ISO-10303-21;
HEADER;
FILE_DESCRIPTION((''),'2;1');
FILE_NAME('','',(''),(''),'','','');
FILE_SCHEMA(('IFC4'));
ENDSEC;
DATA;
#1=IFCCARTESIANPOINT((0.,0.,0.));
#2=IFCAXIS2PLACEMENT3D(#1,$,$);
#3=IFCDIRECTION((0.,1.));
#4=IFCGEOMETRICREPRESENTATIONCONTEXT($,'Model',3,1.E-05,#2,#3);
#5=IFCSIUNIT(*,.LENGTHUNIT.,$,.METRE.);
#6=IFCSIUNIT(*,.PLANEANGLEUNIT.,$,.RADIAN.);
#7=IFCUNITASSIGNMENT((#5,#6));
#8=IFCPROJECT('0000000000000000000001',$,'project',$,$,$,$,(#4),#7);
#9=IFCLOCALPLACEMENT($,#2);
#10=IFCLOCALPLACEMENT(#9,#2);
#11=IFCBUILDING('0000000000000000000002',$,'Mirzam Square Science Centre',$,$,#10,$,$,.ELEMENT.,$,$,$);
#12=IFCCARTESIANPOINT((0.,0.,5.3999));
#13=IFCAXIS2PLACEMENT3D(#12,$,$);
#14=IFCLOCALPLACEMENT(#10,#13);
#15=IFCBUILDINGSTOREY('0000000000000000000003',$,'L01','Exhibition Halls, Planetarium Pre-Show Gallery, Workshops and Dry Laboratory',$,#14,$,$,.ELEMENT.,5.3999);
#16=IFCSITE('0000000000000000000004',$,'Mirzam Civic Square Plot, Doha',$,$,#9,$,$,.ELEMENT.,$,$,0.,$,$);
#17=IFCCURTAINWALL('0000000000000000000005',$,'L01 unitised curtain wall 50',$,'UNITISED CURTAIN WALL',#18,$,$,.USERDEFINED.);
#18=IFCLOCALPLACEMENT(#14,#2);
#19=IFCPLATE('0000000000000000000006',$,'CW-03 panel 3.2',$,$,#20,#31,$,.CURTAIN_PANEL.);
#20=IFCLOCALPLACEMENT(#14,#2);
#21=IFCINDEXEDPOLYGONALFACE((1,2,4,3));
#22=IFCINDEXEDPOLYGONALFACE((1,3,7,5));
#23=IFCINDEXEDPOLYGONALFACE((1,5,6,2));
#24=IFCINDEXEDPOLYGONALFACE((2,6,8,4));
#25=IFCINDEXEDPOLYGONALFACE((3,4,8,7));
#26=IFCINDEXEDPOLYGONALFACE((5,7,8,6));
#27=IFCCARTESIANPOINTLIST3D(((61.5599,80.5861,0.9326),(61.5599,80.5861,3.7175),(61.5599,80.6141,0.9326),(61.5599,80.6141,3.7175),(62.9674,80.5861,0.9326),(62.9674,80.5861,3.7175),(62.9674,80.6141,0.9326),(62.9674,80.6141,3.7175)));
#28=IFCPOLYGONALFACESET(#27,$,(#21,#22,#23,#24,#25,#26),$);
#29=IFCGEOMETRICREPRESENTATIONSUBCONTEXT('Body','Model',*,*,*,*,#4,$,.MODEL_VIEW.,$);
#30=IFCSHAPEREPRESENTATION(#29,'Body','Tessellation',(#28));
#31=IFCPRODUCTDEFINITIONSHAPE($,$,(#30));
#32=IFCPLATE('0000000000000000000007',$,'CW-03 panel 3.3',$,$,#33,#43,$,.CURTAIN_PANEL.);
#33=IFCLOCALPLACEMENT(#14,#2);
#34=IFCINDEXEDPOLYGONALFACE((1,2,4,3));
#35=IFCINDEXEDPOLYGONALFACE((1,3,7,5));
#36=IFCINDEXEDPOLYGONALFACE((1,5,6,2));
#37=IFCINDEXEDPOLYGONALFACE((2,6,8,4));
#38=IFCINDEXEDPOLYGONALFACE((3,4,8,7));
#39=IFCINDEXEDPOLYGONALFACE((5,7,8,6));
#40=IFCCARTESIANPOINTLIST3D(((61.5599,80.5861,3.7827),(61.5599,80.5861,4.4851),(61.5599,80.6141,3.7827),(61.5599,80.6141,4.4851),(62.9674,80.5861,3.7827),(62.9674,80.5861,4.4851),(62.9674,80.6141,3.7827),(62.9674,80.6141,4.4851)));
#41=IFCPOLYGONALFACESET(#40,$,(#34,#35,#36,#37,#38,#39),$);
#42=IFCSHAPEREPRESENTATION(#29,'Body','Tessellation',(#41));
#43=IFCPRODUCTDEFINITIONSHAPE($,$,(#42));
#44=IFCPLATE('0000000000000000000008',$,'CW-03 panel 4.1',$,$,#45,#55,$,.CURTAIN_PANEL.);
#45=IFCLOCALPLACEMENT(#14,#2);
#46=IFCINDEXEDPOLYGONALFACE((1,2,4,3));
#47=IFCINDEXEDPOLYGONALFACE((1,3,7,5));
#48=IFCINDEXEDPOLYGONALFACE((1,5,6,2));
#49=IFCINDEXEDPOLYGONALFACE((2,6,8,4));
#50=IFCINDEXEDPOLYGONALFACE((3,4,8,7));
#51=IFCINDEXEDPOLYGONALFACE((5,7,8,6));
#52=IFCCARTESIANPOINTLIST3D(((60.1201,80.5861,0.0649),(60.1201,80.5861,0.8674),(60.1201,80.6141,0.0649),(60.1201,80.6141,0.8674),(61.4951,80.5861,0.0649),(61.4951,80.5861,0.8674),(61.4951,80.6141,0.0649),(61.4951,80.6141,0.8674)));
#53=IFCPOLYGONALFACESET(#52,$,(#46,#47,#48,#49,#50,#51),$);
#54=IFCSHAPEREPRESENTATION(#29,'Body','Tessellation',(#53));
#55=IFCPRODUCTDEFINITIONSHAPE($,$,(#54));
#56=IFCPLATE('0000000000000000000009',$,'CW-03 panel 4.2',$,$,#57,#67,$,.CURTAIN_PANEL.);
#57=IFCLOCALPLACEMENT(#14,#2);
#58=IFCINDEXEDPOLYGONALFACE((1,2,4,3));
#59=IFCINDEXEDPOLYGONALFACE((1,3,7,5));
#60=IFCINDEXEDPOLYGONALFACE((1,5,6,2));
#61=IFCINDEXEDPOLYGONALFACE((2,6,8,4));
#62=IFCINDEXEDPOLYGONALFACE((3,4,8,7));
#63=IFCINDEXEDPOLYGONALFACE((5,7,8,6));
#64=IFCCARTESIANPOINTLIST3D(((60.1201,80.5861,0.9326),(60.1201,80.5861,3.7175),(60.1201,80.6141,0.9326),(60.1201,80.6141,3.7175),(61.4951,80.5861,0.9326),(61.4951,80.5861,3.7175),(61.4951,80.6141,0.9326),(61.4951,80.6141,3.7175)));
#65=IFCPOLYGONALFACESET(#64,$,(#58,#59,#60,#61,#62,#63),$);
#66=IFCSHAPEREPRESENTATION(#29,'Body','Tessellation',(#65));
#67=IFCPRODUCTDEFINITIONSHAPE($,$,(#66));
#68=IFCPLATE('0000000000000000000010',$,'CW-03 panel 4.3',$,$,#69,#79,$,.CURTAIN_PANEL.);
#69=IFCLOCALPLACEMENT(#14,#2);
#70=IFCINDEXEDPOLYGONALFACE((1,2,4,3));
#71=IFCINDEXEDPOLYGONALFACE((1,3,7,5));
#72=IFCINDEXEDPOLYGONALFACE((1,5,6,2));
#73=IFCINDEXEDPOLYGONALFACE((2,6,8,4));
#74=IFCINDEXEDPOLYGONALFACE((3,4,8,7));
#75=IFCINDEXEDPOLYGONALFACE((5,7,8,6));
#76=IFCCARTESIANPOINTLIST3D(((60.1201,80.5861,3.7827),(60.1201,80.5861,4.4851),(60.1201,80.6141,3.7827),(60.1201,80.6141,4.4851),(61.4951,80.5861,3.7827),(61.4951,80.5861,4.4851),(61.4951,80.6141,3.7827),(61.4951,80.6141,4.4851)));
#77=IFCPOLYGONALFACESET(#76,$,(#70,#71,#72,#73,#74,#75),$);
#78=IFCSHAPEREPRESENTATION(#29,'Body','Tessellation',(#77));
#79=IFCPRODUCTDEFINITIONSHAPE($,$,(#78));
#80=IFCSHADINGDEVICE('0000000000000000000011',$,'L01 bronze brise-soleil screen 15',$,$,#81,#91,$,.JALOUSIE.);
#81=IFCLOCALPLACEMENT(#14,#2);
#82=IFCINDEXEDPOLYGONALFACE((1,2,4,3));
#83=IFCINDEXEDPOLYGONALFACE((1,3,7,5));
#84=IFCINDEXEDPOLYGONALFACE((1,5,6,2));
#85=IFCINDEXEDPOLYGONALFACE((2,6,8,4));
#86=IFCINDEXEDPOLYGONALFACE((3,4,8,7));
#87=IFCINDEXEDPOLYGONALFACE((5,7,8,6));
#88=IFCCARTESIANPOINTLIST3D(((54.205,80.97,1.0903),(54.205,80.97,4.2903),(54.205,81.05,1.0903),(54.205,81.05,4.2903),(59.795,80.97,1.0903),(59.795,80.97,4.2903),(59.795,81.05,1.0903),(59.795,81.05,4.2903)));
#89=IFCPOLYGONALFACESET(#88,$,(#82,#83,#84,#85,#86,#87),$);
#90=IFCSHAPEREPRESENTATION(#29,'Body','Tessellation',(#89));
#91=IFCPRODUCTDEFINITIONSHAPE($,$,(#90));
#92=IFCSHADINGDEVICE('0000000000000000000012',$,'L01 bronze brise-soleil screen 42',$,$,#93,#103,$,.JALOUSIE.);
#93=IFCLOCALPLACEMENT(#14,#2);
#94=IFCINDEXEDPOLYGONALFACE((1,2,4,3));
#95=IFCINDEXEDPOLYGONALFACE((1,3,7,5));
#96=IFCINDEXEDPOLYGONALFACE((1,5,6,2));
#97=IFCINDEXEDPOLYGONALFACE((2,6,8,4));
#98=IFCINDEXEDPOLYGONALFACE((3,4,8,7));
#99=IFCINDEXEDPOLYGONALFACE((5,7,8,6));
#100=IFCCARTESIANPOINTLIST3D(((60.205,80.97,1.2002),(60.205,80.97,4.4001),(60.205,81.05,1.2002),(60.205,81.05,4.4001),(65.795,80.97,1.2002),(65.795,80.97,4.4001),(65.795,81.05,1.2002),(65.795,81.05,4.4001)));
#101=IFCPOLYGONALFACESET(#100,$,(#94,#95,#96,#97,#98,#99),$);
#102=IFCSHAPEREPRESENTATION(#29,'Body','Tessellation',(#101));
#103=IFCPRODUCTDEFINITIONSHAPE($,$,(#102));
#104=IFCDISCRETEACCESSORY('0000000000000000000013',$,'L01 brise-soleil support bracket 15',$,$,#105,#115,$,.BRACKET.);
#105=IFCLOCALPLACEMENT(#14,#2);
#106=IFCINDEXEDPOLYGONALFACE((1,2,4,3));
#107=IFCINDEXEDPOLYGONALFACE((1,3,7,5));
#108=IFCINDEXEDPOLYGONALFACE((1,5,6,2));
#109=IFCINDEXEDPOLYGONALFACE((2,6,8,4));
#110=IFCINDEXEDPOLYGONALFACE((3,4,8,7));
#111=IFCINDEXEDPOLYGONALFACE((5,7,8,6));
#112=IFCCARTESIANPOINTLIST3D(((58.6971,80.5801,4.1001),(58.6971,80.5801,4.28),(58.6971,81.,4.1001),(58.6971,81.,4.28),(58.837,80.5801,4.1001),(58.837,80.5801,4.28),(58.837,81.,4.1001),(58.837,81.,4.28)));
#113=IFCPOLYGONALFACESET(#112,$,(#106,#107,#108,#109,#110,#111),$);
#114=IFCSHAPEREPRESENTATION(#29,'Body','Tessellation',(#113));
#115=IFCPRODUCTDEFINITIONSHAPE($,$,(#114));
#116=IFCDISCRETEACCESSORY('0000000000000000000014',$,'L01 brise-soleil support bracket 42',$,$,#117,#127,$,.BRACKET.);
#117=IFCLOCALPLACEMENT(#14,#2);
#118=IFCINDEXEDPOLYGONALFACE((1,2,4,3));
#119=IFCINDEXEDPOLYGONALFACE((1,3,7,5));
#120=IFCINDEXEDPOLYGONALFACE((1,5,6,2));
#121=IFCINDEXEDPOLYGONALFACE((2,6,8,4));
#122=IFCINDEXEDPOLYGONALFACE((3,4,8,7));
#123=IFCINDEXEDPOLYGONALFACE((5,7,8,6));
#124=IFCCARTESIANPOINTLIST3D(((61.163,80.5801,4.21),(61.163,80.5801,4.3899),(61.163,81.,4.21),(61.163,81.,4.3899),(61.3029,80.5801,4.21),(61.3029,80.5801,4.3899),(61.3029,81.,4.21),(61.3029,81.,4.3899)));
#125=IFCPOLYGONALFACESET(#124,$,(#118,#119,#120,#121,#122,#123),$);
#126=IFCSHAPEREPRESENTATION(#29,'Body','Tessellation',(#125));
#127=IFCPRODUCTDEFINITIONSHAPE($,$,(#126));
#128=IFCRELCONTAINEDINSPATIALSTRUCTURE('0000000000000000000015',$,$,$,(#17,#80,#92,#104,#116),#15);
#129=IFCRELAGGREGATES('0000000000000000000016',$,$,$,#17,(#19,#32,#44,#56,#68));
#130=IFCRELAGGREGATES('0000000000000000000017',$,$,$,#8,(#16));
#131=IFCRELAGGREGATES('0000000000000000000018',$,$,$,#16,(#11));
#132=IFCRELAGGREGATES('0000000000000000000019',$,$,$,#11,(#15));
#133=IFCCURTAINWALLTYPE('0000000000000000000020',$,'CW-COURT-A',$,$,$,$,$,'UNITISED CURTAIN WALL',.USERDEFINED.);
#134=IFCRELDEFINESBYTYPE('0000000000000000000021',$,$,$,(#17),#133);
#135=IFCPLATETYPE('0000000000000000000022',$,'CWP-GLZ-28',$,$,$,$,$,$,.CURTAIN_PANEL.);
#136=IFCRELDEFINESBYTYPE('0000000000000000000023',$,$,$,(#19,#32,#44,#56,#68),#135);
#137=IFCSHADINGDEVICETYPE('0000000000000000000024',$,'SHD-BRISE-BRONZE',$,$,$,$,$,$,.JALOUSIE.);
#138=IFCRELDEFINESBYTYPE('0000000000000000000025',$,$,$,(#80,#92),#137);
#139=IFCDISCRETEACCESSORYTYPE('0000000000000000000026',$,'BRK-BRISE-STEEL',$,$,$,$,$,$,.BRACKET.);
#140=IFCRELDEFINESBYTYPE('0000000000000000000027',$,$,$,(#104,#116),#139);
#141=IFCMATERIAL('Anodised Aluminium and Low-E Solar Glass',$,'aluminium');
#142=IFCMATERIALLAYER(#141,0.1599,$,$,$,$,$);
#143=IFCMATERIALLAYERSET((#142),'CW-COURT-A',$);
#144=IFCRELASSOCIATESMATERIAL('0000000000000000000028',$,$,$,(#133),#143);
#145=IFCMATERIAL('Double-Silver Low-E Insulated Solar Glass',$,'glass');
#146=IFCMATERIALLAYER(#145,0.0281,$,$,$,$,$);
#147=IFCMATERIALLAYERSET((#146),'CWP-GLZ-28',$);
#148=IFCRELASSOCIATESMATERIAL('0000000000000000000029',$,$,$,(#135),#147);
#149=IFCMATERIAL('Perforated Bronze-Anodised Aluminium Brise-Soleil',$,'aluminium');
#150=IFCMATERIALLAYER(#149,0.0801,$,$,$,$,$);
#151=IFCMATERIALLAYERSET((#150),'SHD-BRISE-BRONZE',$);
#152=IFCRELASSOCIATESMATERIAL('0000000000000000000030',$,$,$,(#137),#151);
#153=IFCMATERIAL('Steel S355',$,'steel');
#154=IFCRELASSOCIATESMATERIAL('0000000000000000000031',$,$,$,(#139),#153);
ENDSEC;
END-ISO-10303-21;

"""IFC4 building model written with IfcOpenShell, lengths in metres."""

from ifc_helpers import new_model, si_unit, direction, frame, origin, origin_2d, place, context, subcontext, project, spatial, rectangle, extrude, material, layer, layer_set, type_object, element, aggregate, save


model = new_model("IFC4")

# Units and contexts
model_context = context("Model", 3, precision=1e-05, world=origin(), true_north=direction((0.0, 1.0)))
body_context = subcontext(model_context, "Body", "Model", "MODEL_VIEW")
ifc_project = project(units=[si_unit("LENGTHUNIT", "METRE"), si_unit("PLANEANGLEUNIT", "RADIAN")], contexts=[model_context])

# Site, building, storey
site_placement = place(None, origin())
site = spatial("IfcSite", under=ifc_project, at=site_placement, Name="Mirzam Civic Square Plot, Doha", CompositionType="ELEMENT", RefElevation=0.0)
building_placement = place(site_placement, origin())
building = spatial("IfcBuilding", under=site, at=building_placement, Name="Mirzam Square Science Centre", CompositionType="ELEMENT")
storey_placement = place(building_placement, frame((0.0, 0.0, 5.3999)))
storey = spatial("IfcBuildingStorey", under=building, at=storey_placement, Name="L01", Description="Exhibition Halls, Planetarium Pre-Show Gallery, Workshops and Dry Laboratory", CompositionType="ELEMENT", Elevation=5.3999)

# Curtain wall, plates
ifc_material_1 = material(Name="Anodised Aluminium and Low-E Solar Glass", Category="aluminium")
ifc_layer_1 = layer(ifc_material_1, 0.1599)
ifc_layer_set_1 = layer_set([ifc_layer_1], Name="CW-COURT-A")
curtain_wall_type = type_object("IfcCurtainWallType", Name="CW-COURT-A", ElementType="UNITISED CURTAIN WALL", PredefinedType="USERDEFINED", material=ifc_layer_set_1)
curtain_wall_placement = place(storey_placement, origin())
curtain_wall = element("IfcCurtainWall", 1, at=curtain_wall_placement, inside=storey, type_object=curtain_wall_type, Name="L01 unitised curtain wall 50", ObjectType="UNITISED CURTAIN WALL", PredefinedType="USERDEFINED")
ifc_material_2 = material(Name="Double-Silver Low-E Insulated Solar Glass", Category="glass")
ifc_layer_2 = layer(ifc_material_2, 0.0281)
ifc_layer_set_2 = layer_set([ifc_layer_2], Name="CWP-GLZ-28")
plate_type = type_object("IfcPlateType", Name="CWP-GLZ-28", PredefinedType="CURTAIN_PANEL", material=ifc_layer_set_2)
plate_1_placement = place(storey_placement, frame((62.2637, 80.6001, 0.9326), z_axis=(0.0, 0.0, 1.0), x_axis=(-1.0, 0.0, 0.0)))
plate_1 = element("IfcPlate", 2, at=plate_1_placement, type_object=plate_type, Name="CW-03 panel 3.2", PredefinedType="CURTAIN_PANEL", context=body_context, shape_type="SweptSolid", body=[
    extrude(rectangle(XDim=1.4075, YDim=0.0281, at=origin_2d()), origin(), (0.0, 0.0, 1.0), 2.7849),
])
plate_2_placement = place(storey_placement, frame((62.2637, 80.6001, 3.7827), z_axis=(0.0, 0.0, 1.0), x_axis=(-1.0, 0.0, 0.0)))
plate_2 = element("IfcPlate", 3, at=plate_2_placement, type_object=plate_type, Name="CW-03 panel 3.3", PredefinedType="CURTAIN_PANEL", context=body_context, shape_type="SweptSolid", body=[
    extrude(rectangle(XDim=1.4075, YDim=0.0281, at=origin_2d()), origin(), (0.0, 0.0, 1.0), 0.7024),
])
plate_3_placement = place(storey_placement, frame((60.8076, 80.6001, 0.0649), z_axis=(0.0, 0.0, 1.0), x_axis=(-1.0, 0.0, 0.0)))
plate_3 = element("IfcPlate", 4, at=plate_3_placement, type_object=plate_type, Name="CW-03 panel 4.1", PredefinedType="CURTAIN_PANEL", context=body_context, shape_type="SweptSolid", body=[
    extrude(rectangle(XDim=1.375, YDim=0.0281, at=origin_2d()), origin(), (0.0, 0.0, 1.0), 0.8025),
])
plate_4_placement = place(storey_placement, frame((60.8076, 80.6001, 0.9326), z_axis=(0.0, 0.0, 1.0), x_axis=(-1.0, 0.0, 0.0)))
plate_4 = element("IfcPlate", 5, at=plate_4_placement, type_object=plate_type, Name="CW-03 panel 4.2", PredefinedType="CURTAIN_PANEL", context=body_context, shape_type="SweptSolid", body=[
    extrude(rectangle(XDim=1.375, YDim=0.0281, at=origin_2d()), origin(), (0.0, 0.0, 1.0), 2.7849),
])
plate_5_placement = place(storey_placement, frame((60.8076, 80.6001, 3.7827), z_axis=(0.0, 0.0, 1.0), x_axis=(-1.0, 0.0, 0.0)))
plate_5 = element("IfcPlate", 6, at=plate_5_placement, type_object=plate_type, Name="CW-03 panel 4.3", PredefinedType="CURTAIN_PANEL", context=body_context, shape_type="SweptSolid", body=[
    extrude(rectangle(XDim=1.375, YDim=0.0281, at=origin_2d()), origin(), (0.0, 0.0, 1.0), 0.7024),
])
aggregate(curtain_wall, [plate_1, plate_2, plate_3, plate_4, plate_5])

# Shading devices
ifc_material_3 = material(Name="Perforated Bronze-Anodised Aluminium Brise-Soleil", Category="aluminium")
ifc_layer_3 = layer(ifc_material_3, 0.0801)
ifc_layer_set_3 = layer_set([ifc_layer_3], Name="SHD-BRISE-BRONZE")
shading_device_type = type_object("IfcShadingDeviceType", Name="SHD-BRISE-BRONZE", PredefinedType="JALOUSIE", material=ifc_layer_set_3)
for number, where, z_axis, x_axis, name in (
    (7, (57.0, 81.01, 1.0903), (0.0, 0.0, 1.0), (-1.0, 0.0, 0.0), "L01 bronze brise-soleil screen 15"),
    (8, (63.0, 81.01, 1.2002), (0.0, 0.0, 1.0), (-1.0, 0.0, 0.0), "L01 bronze brise-soleil screen 42"),
):
    element("IfcShadingDevice", number, at=place(storey_placement, frame(where, z_axis=z_axis, x_axis=x_axis)), inside=storey, type_object=shading_device_type, Name=name, PredefinedType="JALOUSIE", context=body_context, shape_type="SweptSolid", body=[
        extrude(rectangle(XDim=5.5901, YDim=0.0801, at=origin_2d()), origin(), (0.0, 0.0, 1.0), 3.2),
    ])

# Discrete accessories
ifc_material_4 = material(Name="Steel S355", Category="steel")
discrete_accessory_type = type_object("IfcDiscreteAccessoryType", Name="BRK-BRISE-STEEL", PredefinedType="BRACKET", material=ifc_material_4)
for number, where, z_axis, x_axis, name in (
    (9, (58.7671, 80.79, 4.1001), (0.0, 0.0, 1.0), (-1.0, 0.0, 0.0), "L01 brise-soleil support bracket 15"),
    (10, (61.2329, 80.79, 4.21), (0.0, 0.0, 1.0), (-1.0, 0.0, 0.0), "L01 brise-soleil support bracket 42"),
):
    element("IfcDiscreteAccessory", number, at=place(storey_placement, frame(where, z_axis=z_axis, x_axis=x_axis)), inside=storey, type_object=discrete_accessory_type, Name=name, PredefinedType="BRACKET", context=body_context, shape_type="SweptSolid", body=[
        extrude(rectangle(XDim=0.1399, YDim=0.4199, at=origin_2d()), origin(), (0.0, 0.0, 1.0), 0.1799),
    ])

save(model, "model.ifc")
